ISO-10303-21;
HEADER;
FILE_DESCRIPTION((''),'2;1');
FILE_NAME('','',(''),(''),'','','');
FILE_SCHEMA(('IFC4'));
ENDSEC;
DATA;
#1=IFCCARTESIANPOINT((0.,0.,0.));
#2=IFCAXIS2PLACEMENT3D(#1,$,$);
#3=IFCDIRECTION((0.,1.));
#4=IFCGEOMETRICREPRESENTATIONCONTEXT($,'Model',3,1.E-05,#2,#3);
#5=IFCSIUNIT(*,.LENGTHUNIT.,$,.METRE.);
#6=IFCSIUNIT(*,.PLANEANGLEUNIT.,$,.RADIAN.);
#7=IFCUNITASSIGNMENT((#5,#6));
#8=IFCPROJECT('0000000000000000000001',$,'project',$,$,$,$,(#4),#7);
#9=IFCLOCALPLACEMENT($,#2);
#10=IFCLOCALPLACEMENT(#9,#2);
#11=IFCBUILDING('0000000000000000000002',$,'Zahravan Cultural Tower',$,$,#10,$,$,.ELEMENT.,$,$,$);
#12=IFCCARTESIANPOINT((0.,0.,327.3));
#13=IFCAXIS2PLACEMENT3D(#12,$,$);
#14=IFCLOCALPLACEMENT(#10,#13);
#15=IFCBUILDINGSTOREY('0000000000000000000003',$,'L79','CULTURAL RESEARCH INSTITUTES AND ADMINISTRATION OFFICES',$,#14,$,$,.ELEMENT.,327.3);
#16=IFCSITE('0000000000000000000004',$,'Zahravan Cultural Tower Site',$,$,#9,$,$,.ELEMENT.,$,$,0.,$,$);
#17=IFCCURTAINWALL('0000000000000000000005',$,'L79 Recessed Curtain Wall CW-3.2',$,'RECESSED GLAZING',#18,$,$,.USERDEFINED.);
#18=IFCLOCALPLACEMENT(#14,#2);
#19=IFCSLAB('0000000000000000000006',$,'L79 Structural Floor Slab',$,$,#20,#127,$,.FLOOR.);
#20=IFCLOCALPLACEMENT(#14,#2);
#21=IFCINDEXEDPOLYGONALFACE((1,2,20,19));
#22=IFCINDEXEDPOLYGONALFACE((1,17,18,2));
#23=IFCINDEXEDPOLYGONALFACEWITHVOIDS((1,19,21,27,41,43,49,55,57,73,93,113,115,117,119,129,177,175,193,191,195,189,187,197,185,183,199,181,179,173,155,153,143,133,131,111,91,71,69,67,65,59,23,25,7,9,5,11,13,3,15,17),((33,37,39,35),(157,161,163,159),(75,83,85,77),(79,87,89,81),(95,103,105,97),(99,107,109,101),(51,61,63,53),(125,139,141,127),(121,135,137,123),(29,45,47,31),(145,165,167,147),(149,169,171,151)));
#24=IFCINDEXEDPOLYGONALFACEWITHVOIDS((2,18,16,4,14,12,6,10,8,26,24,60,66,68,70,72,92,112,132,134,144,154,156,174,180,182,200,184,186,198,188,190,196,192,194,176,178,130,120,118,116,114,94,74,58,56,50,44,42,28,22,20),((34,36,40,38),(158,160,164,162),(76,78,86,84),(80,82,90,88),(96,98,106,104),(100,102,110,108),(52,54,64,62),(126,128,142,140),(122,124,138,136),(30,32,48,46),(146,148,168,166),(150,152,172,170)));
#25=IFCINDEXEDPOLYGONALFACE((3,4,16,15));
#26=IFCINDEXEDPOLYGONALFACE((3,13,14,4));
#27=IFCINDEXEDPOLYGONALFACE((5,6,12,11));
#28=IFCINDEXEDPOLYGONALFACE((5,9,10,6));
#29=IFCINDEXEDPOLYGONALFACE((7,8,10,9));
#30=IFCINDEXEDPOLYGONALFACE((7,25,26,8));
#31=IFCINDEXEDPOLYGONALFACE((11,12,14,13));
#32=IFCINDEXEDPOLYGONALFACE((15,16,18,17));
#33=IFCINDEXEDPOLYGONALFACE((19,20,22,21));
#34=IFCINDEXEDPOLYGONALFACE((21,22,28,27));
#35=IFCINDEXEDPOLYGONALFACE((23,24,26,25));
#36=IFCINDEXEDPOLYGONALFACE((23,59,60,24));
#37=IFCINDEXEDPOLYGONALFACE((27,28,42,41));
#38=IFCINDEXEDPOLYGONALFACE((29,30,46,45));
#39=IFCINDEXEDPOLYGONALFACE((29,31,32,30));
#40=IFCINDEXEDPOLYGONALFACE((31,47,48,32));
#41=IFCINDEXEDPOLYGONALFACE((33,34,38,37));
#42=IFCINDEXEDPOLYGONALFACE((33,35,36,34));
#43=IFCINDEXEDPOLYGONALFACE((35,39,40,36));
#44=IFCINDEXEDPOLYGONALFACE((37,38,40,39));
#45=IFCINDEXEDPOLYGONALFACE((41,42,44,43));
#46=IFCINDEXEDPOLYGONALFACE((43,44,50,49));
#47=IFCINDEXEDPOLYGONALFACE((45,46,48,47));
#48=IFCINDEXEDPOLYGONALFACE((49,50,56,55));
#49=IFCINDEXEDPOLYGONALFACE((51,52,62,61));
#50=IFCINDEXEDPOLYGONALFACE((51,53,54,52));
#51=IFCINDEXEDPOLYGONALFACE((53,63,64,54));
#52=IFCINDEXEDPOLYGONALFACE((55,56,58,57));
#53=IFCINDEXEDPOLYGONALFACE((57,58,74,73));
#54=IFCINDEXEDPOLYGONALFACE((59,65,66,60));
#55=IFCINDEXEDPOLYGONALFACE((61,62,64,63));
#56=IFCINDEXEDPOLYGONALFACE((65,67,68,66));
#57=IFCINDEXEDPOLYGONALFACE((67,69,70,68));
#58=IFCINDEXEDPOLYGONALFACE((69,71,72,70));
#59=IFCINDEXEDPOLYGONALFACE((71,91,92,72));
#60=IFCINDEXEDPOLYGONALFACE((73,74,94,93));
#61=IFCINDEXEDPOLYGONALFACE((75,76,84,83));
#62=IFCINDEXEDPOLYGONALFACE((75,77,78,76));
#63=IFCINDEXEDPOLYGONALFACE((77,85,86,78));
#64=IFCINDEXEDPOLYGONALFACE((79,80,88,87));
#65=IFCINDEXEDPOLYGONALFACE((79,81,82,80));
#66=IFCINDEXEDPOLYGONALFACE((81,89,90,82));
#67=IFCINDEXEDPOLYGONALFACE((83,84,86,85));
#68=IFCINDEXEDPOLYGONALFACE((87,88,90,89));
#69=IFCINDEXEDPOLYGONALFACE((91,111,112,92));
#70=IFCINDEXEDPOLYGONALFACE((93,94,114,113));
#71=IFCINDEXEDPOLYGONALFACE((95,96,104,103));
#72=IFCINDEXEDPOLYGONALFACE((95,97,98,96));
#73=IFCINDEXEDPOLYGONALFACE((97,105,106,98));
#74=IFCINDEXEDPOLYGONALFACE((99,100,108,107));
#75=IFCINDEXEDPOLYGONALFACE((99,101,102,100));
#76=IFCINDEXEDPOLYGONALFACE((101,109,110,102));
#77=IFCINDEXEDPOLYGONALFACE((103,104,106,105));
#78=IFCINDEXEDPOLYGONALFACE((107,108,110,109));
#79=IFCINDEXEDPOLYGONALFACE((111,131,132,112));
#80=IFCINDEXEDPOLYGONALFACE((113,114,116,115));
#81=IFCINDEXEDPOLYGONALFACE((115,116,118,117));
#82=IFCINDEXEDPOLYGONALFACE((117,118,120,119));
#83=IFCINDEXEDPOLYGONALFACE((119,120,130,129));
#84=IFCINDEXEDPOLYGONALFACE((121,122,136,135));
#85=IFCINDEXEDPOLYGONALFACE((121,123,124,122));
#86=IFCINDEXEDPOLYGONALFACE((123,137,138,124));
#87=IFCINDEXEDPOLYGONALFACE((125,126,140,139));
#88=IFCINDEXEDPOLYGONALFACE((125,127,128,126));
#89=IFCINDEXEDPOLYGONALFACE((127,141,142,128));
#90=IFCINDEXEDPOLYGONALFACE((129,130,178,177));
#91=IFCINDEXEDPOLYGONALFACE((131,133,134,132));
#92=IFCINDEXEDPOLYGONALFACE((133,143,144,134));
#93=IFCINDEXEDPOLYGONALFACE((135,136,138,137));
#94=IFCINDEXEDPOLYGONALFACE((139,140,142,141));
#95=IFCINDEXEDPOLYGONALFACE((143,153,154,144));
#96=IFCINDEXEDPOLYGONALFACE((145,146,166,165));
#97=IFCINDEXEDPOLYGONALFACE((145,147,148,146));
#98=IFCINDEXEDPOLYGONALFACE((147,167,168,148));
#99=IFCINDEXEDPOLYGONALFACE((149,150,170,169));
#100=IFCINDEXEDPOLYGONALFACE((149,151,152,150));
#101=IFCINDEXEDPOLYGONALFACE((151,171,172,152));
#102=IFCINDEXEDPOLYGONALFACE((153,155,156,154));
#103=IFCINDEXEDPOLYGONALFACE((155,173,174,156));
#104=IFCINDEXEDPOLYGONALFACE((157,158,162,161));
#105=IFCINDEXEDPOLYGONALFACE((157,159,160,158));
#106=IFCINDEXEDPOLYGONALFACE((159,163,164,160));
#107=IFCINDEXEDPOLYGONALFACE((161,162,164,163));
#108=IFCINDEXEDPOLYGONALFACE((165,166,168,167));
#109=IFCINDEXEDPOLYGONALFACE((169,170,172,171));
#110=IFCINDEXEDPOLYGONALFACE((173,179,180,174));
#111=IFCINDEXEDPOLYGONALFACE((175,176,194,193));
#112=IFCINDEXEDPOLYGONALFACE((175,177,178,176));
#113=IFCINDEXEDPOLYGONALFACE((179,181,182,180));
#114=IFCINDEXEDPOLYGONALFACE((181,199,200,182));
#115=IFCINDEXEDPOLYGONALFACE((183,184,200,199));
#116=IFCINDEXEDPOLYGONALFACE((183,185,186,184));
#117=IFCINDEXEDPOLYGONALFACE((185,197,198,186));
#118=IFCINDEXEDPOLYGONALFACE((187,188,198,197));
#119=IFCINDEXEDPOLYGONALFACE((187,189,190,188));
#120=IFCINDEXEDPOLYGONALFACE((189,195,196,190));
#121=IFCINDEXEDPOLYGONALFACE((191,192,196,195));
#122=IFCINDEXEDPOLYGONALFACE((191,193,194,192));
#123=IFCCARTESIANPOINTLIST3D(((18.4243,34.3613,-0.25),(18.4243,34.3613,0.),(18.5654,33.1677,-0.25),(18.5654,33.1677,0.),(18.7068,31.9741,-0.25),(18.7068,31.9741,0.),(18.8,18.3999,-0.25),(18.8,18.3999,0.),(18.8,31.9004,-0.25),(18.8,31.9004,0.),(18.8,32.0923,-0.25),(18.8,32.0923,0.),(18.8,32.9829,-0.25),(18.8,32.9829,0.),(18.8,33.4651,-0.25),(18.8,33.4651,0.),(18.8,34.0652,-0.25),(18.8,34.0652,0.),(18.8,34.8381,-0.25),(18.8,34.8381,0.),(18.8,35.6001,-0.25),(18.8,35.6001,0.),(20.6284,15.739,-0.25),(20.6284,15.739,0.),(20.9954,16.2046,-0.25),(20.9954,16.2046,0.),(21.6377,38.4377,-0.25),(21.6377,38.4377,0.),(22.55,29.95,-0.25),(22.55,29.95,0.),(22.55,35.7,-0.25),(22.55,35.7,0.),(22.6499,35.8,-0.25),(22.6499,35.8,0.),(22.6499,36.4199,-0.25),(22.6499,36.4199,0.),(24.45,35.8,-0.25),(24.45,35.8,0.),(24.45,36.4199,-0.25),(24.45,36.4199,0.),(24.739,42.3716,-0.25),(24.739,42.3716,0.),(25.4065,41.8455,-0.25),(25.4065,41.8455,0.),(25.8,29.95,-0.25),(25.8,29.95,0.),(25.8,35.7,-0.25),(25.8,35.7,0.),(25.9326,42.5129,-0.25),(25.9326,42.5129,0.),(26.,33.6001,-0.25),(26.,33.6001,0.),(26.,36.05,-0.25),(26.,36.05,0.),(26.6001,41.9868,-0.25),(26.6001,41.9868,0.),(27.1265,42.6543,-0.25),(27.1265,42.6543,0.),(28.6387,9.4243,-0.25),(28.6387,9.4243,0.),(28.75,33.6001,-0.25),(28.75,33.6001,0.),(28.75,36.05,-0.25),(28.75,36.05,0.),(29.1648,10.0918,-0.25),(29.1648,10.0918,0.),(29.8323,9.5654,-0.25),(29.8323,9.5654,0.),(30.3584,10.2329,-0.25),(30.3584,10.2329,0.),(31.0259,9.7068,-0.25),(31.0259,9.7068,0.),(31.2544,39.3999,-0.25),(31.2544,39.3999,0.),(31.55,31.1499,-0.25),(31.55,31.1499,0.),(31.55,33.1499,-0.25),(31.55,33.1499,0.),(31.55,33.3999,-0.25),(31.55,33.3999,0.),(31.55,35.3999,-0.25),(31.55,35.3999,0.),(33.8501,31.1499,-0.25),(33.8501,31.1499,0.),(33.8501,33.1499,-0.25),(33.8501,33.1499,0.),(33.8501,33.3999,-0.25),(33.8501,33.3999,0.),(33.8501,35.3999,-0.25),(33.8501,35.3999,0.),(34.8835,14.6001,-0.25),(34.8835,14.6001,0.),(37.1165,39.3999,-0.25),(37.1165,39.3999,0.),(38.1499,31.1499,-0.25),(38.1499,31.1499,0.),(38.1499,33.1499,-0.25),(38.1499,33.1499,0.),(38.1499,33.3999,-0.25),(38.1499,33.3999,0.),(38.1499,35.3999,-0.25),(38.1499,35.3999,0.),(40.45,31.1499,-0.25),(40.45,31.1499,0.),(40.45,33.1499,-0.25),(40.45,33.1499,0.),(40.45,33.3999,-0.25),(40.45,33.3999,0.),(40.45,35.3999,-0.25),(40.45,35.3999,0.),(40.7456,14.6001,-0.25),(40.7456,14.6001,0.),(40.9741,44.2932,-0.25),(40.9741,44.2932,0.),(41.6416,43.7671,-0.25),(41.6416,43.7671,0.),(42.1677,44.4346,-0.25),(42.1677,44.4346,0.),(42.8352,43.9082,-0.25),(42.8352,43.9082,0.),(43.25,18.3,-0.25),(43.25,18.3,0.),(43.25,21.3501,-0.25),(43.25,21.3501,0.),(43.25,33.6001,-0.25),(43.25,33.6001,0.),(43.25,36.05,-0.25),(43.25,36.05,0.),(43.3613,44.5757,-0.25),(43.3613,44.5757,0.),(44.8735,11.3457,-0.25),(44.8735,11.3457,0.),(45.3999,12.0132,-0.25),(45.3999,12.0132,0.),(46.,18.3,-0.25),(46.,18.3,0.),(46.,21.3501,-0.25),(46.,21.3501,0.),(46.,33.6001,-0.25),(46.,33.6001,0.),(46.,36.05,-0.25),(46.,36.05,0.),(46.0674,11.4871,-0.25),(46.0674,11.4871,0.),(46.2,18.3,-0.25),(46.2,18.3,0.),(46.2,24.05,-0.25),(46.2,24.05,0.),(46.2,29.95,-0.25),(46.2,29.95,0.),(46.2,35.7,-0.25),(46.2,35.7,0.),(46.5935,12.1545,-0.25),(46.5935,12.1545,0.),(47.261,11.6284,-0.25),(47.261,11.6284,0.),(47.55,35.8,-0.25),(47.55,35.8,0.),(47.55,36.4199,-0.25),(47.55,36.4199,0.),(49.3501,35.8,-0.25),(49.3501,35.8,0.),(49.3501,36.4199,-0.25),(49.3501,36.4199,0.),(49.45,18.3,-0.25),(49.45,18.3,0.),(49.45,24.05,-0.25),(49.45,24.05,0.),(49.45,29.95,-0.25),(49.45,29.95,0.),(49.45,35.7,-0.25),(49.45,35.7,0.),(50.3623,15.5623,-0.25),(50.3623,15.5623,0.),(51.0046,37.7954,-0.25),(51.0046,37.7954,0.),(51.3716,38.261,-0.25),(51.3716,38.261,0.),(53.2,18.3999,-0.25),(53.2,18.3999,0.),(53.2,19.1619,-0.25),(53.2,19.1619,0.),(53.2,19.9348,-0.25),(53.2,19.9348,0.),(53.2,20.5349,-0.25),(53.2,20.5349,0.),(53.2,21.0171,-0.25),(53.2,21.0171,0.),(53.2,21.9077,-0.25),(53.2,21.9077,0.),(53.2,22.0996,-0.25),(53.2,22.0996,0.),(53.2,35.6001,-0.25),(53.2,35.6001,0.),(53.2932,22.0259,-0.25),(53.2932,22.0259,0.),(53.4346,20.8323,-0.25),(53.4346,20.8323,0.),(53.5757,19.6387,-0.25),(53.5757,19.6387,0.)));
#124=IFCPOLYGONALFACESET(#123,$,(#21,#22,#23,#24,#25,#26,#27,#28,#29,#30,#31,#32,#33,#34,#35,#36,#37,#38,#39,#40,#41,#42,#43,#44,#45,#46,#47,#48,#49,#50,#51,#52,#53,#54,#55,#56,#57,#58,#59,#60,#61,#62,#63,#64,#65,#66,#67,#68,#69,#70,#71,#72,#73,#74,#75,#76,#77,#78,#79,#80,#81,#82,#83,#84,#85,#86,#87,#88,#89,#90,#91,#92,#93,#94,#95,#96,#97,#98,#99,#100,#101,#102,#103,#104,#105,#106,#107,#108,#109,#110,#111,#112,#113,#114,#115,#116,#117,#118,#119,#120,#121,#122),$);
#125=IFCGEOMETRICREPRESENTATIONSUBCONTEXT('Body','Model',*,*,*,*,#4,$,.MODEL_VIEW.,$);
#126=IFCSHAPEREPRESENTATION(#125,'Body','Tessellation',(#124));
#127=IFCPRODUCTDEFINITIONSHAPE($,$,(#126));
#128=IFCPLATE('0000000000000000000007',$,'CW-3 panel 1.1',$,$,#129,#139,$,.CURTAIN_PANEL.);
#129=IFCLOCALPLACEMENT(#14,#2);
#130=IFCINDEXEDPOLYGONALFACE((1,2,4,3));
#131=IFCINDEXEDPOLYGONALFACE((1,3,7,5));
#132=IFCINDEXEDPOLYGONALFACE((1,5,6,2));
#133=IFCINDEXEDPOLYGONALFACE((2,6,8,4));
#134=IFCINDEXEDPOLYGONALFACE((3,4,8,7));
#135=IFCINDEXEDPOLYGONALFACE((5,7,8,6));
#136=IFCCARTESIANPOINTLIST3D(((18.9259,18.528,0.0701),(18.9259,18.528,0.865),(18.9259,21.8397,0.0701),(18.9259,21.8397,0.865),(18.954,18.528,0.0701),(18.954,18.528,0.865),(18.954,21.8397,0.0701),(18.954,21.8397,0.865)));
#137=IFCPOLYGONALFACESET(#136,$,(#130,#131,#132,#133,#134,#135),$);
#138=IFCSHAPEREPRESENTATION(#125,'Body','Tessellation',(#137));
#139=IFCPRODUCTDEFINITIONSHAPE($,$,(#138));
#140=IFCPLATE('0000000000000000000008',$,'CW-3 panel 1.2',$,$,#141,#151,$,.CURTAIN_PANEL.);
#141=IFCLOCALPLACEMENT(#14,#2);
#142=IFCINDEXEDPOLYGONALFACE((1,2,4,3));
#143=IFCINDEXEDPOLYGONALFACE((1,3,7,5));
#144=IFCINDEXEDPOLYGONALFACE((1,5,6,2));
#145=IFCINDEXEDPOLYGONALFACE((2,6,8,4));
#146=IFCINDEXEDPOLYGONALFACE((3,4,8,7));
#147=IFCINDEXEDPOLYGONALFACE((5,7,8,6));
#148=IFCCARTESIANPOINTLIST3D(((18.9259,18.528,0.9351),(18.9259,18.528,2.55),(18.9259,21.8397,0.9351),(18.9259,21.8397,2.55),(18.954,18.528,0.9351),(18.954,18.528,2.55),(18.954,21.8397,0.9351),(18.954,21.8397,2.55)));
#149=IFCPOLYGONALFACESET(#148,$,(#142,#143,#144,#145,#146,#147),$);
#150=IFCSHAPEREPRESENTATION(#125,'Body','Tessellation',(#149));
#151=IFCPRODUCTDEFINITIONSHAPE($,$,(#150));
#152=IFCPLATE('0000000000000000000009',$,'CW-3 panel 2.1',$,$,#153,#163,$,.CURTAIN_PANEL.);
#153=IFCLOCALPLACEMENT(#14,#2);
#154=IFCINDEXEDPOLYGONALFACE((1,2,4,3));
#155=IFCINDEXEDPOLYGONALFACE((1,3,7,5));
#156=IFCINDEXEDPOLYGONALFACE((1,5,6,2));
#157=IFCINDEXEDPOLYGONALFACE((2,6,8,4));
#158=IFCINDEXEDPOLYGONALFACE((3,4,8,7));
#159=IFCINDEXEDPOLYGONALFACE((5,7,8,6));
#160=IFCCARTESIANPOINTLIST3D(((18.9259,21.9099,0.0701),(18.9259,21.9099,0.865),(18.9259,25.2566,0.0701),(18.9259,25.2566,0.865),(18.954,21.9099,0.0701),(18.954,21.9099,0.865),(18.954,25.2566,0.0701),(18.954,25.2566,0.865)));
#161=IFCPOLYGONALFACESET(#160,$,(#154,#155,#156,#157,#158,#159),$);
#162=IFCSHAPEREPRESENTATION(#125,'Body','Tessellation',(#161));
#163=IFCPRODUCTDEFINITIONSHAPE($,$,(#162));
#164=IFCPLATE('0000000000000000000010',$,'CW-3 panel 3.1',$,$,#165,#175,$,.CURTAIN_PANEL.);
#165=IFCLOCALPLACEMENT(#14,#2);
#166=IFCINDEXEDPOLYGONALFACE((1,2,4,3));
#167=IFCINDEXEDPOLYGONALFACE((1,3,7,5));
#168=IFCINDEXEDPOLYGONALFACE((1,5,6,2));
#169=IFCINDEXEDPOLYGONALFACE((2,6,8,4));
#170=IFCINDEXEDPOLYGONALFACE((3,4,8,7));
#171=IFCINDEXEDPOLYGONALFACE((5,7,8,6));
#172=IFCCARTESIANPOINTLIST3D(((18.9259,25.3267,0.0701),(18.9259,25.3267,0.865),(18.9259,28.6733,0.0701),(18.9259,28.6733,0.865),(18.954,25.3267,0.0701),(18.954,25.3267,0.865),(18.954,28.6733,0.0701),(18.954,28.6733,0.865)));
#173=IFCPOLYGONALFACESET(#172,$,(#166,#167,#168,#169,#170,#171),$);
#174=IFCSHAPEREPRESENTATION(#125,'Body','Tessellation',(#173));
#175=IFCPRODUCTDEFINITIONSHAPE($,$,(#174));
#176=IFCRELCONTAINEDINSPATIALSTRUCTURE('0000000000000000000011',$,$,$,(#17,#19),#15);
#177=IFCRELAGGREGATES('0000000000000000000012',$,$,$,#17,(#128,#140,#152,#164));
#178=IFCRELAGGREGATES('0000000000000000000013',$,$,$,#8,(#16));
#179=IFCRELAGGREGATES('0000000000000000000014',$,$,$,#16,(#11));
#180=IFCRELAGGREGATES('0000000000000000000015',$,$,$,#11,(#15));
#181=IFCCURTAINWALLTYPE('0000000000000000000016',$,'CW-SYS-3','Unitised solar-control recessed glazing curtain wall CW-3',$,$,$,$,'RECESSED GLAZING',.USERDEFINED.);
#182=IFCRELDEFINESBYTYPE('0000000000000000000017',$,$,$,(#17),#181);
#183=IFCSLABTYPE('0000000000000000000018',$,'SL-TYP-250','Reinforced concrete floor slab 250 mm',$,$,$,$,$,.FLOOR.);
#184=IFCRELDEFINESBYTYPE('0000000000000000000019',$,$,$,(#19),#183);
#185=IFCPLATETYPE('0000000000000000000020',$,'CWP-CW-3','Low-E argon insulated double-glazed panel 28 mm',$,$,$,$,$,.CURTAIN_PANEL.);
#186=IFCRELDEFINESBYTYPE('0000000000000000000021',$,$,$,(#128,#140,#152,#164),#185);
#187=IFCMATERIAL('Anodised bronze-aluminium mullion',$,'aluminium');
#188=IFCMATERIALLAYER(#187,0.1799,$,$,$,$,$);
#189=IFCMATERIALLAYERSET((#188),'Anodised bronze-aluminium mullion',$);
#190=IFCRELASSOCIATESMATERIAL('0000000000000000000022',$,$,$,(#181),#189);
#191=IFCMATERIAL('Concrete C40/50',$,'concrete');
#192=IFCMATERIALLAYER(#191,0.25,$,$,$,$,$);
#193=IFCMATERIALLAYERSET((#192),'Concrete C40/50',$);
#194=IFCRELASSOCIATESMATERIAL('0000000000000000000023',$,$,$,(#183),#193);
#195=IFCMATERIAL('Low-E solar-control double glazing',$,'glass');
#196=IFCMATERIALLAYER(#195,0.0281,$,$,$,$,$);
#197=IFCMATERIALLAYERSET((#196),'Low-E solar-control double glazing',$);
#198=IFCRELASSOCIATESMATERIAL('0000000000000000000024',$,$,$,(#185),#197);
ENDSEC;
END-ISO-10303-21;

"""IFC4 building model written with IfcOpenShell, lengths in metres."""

from ifc_helpers import new_model, si_unit, direction, frame, origin, origin_2d, place, context, subcontext, project, spatial, polyline, rectangle, outline, extrude, source, transform, mapped, material, layer, layer_set, type_object, element, aggregate, save


model = new_model("IFC4")

# Units and contexts
model_context = context("Model", 3, precision=1e-05, world=origin(), true_north=direction((0.0, 1.0)))
body_context = subcontext(model_context, "Body", "Model", "MODEL_VIEW")
ifc_project = project(units=[si_unit("LENGTHUNIT", "METRE"), si_unit("PLANEANGLEUNIT", "RADIAN")], contexts=[model_context])

# Site, building, storey
site_placement = place(None, origin())
site = spatial("IfcSite", under=ifc_project, at=site_placement, Name="Zahravan Cultural Tower Site", CompositionType="ELEMENT", RefElevation=0.0)
building_placement = place(site_placement, origin())
building = spatial("IfcBuilding", under=site, at=building_placement, Name="Zahravan Cultural Tower", CompositionType="ELEMENT")
storey_placement = place(building_placement, frame((0.0, 0.0, 327.3)))
storey = spatial("IfcBuildingStorey", under=building, at=storey_placement, Name="L79", Description="CULTURAL RESEARCH INSTITUTES AND ADMINISTRATION OFFICES", CompositionType="ELEMENT", Elevation=327.3)

# Curtain wall
ifc_material_1 = material(Name="Anodised bronze-aluminium mullion", Category="aluminium")
ifc_layer_1 = layer(ifc_material_1, 0.1799)
ifc_layer_set_1 = layer_set([ifc_layer_1], Name="Anodised bronze-aluminium mullion")
curtain_wall_type = type_object("IfcCurtainWallType", Name="CW-SYS-3", Description="Unitised solar-control recessed glazing curtain wall CW-3", ElementType="RECESSED GLAZING", PredefinedType="USERDEFINED", material=ifc_layer_set_1)
curtain_wall_placement = place(storey_placement, origin())
curtain_wall = element("IfcCurtainWall", 1, at=curtain_wall_placement, inside=storey, type_object=curtain_wall_type, Name="L79 Recessed Curtain Wall CW-3.2", ObjectType="RECESSED GLAZING", PredefinedType="USERDEFINED")

# Slab
ifc_material_2 = material(Name="Concrete C40/50", Category="concrete")
ifc_layer_2 = layer(ifc_material_2, 0.25)
ifc_layer_set_2 = layer_set([ifc_layer_2], Name="Concrete C40/50")
slab_type_1 = type_object("IfcSlabType", Name="SL-TYP-250", Description="Reinforced concrete floor slab 250 mm", PredefinedType="FLOOR", material=ifc_layer_set_2)
slab_1_placement = place(storey_placement, frame((0.0, 0.0, -0.25)))
element("IfcSlab", 2, at=slab_1_placement, inside=storey, type_object=slab_type_1, Name="L79 Structural Floor Slab", PredefinedType="FLOOR", context=body_context, shape_type="SweptSolid", body=[
    extrude(outline(polyline([(37.1165, 39.3999), (31.2544, 39.3999), (27.1265, 42.6543), (26.6001, 41.9868), (25.9326, 42.5129), (25.4065, 41.8455), (24.739, 42.3716), (21.6377, 38.4377), (18.8, 35.6001), (18.8, 34.8381), (18.4243, 34.3613), (18.8, 34.0652), (18.8, 33.4651), (18.5654, 33.1677), (18.8, 32.9829), (18.8, 32.0923), (18.7068, 31.9741), (18.8, 31.9004), (18.8, 18.3999), (20.9954, 16.2046), (20.6284, 15.739), (28.6387, 9.4243), (29.1648, 10.0918), (29.8323, 9.5654), (30.3584, 10.2329), (31.0259, 9.7068), (34.8835, 14.6001), (40.7456, 14.6001), (44.8735, 11.3457), (45.3999, 12.0132), (46.0674, 11.4871), (46.5935, 12.1545), (47.261, 11.6284), (50.3623, 15.5623), (53.2, 18.3999), (53.2, 19.1619), (53.5757, 19.6387), (53.2, 19.9348), (53.2, 20.5349), (53.4346, 20.8323), (53.2, 21.0171), (53.2, 21.9077), (53.2932, 22.0259), (53.2, 22.0996), (53.2, 35.6001), (51.0046, 37.7954), (51.3716, 38.261), (43.3613, 44.5757), (42.8352, 43.9082), (42.1677, 44.4346), (41.6416, 43.7671), (40.9741, 44.2932), (37.1165, 39.3999)]), holes=[polyline([(22.55, 29.95), (22.55, 35.7), (25.8, 35.7), (25.8, 29.95), (22.55, 29.95)]), polyline([(46.2, 29.95), (46.2, 35.7), (49.45, 35.7), (49.45, 29.95), (46.2, 29.95)]), polyline([(46.2, 18.3), (46.2, 24.05), (49.45, 24.05), (49.45, 18.3), (46.2, 18.3)]), polyline([(26.0, 33.6001), (26.0, 36.05), (28.75, 36.05), (28.75, 33.6001), (26.0, 33.6001)]), polyline([(43.25, 33.6001), (43.25, 36.05), (46.0, 36.05), (46.0, 33.6001), (43.25, 33.6001)]), polyline([(43.25, 18.3), (43.25, 21.3501), (46.0, 21.3501), (46.0, 18.3), (43.25, 18.3)]), polyline([(31.55, 33.3999), (31.55, 35.3999), (33.8501, 35.3999), (33.8501, 33.3999), (31.55, 33.3999)]), polyline([(31.55, 31.1499), (31.55, 33.1499), (33.8501, 33.1499), (33.8501, 31.1499), (31.55, 31.1499)]), polyline([(38.1499, 33.3999), (38.1499, 35.3999), (40.45, 35.3999), (40.45, 33.3999), (38.1499, 33.3999)]), polyline([(38.1499, 31.1499), (38.1499, 33.1499), (40.45, 33.1499), (40.45, 31.1499), (38.1499, 31.1499)]), polyline([(22.6499, 35.8), (22.6499, 36.4199), (24.45, 36.4199), (24.45, 35.8), (22.6499, 35.8)]), polyline([(47.55, 35.8), (47.55, 36.4199), (49.3501, 36.4199), (49.3501, 35.8), (47.55, 35.8)])]), origin(), (0.0, 0.0, 1.0), 0.25),
])

# Plates
ifc_material_3 = material(Name="Low-E solar-control double glazing", Category="glass")
ifc_layer_3 = layer(ifc_material_3, 0.0281)
ifc_layer_set_3 = layer_set([ifc_layer_3], Name="Low-E solar-control double glazing")
plate_type = type_object("IfcPlateType", Name="CWP-CW-3", Description="Low-E argon insulated double-glazed panel 28 mm", PredefinedType="CURTAIN_PANEL", material=ifc_layer_set_3)
shared_shape_1 = source(origin(), body_context, "Body", "SweptSolid", [
    extrude(rectangle(XDim=3.3118, YDim=0.0281, at=origin_2d()), origin(), (0.0, 0.0, 1.0), 0.7949),
])
plate_1_placement = place(storey_placement, frame((18.9399, 20.1838, 0.0701), z_axis=(0.0, 0.0, 1.0), x_axis=(0.0, 1.0, 0.0)))
plate_1 = element("IfcPlate", 3, at=plate_1_placement, type_object=plate_type, Name="CW-3 panel 1.1", PredefinedType="CURTAIN_PANEL", context=body_context, shape_type="MappedRepresentation", body=[
    mapped(shared_shape_1, transform((0.0, 0.0, 0.0), x_axis=(1.0, 0.0, 0.0), y_axis=(0.0, 1.0, 0.0), z_axis=(0.0, 0.0, 1.0), scale=1.0)),
])
shared_shape_2 = source(origin(), body_context, "Body", "SweptSolid", [
    extrude(rectangle(XDim=3.3118, YDim=0.0281, at=origin_2d()), origin(), (0.0, 0.0, 1.0), 1.615),
])
plate_2_placement = place(storey_placement, frame((18.9399, 20.1838, 0.9351), z_axis=(0.0, 0.0, 1.0), x_axis=(0.0, 1.0, 0.0)))
plate_2 = element("IfcPlate", 4, at=plate_2_placement, type_object=plate_type, Name="CW-3 panel 1.2", PredefinedType="CURTAIN_PANEL", context=body_context, shape_type="MappedRepresentation", body=[
    mapped(shared_shape_2, transform((0.0, 0.0, 0.0), x_axis=(1.0, 0.0, 0.0), y_axis=(0.0, 1.0, 0.0), z_axis=(0.0, 0.0, 1.0), scale=1.0)),
])
shared_shape_3 = source(origin(), body_context, "Body", "SweptSolid", [
    extrude(rectangle(XDim=3.3467, YDim=0.0281, at=origin_2d()), origin(), (0.0, 0.0, 1.0), 0.7949),
])
plate_3_placement = place(storey_placement, frame((18.9399, 23.5833, 0.0701), z_axis=(0.0, 0.0, 1.0), x_axis=(0.0, 1.0, 0.0)))
plate_3 = element("IfcPlate", 5, at=plate_3_placement, type_object=plate_type, Name="CW-3 panel 2.1", PredefinedType="CURTAIN_PANEL", context=body_context, shape_type="MappedRepresentation", body=[
    mapped(shared_shape_3, transform((0.0, 0.0, 0.0), x_axis=(1.0, 0.0, 0.0), y_axis=(0.0, 1.0, 0.0), z_axis=(0.0, 0.0, 1.0), scale=1.0)),
])
plate_4_placement = place(storey_placement, frame((18.9399, 27.0, 0.0701), z_axis=(0.0, 0.0, 1.0), x_axis=(0.0, 1.0, 0.0)))
plate_4 = element("IfcPlate", 6, at=plate_4_placement, type_object=plate_type, Name="CW-3 panel 3.1", PredefinedType="CURTAIN_PANEL", context=body_context, shape_type="MappedRepresentation", body=[
    mapped(shared_shape_3, transform((0.0, 0.0, 0.0), x_axis=(1.0, 0.0, 0.0), y_axis=(0.0, 1.0, 0.0), z_axis=(0.0, 0.0, 1.0), scale=1.0)),
])
aggregate(curtain_wall, [plate_1, plate_2, plate_3, plate_4])

save(model, "model.ifc")
